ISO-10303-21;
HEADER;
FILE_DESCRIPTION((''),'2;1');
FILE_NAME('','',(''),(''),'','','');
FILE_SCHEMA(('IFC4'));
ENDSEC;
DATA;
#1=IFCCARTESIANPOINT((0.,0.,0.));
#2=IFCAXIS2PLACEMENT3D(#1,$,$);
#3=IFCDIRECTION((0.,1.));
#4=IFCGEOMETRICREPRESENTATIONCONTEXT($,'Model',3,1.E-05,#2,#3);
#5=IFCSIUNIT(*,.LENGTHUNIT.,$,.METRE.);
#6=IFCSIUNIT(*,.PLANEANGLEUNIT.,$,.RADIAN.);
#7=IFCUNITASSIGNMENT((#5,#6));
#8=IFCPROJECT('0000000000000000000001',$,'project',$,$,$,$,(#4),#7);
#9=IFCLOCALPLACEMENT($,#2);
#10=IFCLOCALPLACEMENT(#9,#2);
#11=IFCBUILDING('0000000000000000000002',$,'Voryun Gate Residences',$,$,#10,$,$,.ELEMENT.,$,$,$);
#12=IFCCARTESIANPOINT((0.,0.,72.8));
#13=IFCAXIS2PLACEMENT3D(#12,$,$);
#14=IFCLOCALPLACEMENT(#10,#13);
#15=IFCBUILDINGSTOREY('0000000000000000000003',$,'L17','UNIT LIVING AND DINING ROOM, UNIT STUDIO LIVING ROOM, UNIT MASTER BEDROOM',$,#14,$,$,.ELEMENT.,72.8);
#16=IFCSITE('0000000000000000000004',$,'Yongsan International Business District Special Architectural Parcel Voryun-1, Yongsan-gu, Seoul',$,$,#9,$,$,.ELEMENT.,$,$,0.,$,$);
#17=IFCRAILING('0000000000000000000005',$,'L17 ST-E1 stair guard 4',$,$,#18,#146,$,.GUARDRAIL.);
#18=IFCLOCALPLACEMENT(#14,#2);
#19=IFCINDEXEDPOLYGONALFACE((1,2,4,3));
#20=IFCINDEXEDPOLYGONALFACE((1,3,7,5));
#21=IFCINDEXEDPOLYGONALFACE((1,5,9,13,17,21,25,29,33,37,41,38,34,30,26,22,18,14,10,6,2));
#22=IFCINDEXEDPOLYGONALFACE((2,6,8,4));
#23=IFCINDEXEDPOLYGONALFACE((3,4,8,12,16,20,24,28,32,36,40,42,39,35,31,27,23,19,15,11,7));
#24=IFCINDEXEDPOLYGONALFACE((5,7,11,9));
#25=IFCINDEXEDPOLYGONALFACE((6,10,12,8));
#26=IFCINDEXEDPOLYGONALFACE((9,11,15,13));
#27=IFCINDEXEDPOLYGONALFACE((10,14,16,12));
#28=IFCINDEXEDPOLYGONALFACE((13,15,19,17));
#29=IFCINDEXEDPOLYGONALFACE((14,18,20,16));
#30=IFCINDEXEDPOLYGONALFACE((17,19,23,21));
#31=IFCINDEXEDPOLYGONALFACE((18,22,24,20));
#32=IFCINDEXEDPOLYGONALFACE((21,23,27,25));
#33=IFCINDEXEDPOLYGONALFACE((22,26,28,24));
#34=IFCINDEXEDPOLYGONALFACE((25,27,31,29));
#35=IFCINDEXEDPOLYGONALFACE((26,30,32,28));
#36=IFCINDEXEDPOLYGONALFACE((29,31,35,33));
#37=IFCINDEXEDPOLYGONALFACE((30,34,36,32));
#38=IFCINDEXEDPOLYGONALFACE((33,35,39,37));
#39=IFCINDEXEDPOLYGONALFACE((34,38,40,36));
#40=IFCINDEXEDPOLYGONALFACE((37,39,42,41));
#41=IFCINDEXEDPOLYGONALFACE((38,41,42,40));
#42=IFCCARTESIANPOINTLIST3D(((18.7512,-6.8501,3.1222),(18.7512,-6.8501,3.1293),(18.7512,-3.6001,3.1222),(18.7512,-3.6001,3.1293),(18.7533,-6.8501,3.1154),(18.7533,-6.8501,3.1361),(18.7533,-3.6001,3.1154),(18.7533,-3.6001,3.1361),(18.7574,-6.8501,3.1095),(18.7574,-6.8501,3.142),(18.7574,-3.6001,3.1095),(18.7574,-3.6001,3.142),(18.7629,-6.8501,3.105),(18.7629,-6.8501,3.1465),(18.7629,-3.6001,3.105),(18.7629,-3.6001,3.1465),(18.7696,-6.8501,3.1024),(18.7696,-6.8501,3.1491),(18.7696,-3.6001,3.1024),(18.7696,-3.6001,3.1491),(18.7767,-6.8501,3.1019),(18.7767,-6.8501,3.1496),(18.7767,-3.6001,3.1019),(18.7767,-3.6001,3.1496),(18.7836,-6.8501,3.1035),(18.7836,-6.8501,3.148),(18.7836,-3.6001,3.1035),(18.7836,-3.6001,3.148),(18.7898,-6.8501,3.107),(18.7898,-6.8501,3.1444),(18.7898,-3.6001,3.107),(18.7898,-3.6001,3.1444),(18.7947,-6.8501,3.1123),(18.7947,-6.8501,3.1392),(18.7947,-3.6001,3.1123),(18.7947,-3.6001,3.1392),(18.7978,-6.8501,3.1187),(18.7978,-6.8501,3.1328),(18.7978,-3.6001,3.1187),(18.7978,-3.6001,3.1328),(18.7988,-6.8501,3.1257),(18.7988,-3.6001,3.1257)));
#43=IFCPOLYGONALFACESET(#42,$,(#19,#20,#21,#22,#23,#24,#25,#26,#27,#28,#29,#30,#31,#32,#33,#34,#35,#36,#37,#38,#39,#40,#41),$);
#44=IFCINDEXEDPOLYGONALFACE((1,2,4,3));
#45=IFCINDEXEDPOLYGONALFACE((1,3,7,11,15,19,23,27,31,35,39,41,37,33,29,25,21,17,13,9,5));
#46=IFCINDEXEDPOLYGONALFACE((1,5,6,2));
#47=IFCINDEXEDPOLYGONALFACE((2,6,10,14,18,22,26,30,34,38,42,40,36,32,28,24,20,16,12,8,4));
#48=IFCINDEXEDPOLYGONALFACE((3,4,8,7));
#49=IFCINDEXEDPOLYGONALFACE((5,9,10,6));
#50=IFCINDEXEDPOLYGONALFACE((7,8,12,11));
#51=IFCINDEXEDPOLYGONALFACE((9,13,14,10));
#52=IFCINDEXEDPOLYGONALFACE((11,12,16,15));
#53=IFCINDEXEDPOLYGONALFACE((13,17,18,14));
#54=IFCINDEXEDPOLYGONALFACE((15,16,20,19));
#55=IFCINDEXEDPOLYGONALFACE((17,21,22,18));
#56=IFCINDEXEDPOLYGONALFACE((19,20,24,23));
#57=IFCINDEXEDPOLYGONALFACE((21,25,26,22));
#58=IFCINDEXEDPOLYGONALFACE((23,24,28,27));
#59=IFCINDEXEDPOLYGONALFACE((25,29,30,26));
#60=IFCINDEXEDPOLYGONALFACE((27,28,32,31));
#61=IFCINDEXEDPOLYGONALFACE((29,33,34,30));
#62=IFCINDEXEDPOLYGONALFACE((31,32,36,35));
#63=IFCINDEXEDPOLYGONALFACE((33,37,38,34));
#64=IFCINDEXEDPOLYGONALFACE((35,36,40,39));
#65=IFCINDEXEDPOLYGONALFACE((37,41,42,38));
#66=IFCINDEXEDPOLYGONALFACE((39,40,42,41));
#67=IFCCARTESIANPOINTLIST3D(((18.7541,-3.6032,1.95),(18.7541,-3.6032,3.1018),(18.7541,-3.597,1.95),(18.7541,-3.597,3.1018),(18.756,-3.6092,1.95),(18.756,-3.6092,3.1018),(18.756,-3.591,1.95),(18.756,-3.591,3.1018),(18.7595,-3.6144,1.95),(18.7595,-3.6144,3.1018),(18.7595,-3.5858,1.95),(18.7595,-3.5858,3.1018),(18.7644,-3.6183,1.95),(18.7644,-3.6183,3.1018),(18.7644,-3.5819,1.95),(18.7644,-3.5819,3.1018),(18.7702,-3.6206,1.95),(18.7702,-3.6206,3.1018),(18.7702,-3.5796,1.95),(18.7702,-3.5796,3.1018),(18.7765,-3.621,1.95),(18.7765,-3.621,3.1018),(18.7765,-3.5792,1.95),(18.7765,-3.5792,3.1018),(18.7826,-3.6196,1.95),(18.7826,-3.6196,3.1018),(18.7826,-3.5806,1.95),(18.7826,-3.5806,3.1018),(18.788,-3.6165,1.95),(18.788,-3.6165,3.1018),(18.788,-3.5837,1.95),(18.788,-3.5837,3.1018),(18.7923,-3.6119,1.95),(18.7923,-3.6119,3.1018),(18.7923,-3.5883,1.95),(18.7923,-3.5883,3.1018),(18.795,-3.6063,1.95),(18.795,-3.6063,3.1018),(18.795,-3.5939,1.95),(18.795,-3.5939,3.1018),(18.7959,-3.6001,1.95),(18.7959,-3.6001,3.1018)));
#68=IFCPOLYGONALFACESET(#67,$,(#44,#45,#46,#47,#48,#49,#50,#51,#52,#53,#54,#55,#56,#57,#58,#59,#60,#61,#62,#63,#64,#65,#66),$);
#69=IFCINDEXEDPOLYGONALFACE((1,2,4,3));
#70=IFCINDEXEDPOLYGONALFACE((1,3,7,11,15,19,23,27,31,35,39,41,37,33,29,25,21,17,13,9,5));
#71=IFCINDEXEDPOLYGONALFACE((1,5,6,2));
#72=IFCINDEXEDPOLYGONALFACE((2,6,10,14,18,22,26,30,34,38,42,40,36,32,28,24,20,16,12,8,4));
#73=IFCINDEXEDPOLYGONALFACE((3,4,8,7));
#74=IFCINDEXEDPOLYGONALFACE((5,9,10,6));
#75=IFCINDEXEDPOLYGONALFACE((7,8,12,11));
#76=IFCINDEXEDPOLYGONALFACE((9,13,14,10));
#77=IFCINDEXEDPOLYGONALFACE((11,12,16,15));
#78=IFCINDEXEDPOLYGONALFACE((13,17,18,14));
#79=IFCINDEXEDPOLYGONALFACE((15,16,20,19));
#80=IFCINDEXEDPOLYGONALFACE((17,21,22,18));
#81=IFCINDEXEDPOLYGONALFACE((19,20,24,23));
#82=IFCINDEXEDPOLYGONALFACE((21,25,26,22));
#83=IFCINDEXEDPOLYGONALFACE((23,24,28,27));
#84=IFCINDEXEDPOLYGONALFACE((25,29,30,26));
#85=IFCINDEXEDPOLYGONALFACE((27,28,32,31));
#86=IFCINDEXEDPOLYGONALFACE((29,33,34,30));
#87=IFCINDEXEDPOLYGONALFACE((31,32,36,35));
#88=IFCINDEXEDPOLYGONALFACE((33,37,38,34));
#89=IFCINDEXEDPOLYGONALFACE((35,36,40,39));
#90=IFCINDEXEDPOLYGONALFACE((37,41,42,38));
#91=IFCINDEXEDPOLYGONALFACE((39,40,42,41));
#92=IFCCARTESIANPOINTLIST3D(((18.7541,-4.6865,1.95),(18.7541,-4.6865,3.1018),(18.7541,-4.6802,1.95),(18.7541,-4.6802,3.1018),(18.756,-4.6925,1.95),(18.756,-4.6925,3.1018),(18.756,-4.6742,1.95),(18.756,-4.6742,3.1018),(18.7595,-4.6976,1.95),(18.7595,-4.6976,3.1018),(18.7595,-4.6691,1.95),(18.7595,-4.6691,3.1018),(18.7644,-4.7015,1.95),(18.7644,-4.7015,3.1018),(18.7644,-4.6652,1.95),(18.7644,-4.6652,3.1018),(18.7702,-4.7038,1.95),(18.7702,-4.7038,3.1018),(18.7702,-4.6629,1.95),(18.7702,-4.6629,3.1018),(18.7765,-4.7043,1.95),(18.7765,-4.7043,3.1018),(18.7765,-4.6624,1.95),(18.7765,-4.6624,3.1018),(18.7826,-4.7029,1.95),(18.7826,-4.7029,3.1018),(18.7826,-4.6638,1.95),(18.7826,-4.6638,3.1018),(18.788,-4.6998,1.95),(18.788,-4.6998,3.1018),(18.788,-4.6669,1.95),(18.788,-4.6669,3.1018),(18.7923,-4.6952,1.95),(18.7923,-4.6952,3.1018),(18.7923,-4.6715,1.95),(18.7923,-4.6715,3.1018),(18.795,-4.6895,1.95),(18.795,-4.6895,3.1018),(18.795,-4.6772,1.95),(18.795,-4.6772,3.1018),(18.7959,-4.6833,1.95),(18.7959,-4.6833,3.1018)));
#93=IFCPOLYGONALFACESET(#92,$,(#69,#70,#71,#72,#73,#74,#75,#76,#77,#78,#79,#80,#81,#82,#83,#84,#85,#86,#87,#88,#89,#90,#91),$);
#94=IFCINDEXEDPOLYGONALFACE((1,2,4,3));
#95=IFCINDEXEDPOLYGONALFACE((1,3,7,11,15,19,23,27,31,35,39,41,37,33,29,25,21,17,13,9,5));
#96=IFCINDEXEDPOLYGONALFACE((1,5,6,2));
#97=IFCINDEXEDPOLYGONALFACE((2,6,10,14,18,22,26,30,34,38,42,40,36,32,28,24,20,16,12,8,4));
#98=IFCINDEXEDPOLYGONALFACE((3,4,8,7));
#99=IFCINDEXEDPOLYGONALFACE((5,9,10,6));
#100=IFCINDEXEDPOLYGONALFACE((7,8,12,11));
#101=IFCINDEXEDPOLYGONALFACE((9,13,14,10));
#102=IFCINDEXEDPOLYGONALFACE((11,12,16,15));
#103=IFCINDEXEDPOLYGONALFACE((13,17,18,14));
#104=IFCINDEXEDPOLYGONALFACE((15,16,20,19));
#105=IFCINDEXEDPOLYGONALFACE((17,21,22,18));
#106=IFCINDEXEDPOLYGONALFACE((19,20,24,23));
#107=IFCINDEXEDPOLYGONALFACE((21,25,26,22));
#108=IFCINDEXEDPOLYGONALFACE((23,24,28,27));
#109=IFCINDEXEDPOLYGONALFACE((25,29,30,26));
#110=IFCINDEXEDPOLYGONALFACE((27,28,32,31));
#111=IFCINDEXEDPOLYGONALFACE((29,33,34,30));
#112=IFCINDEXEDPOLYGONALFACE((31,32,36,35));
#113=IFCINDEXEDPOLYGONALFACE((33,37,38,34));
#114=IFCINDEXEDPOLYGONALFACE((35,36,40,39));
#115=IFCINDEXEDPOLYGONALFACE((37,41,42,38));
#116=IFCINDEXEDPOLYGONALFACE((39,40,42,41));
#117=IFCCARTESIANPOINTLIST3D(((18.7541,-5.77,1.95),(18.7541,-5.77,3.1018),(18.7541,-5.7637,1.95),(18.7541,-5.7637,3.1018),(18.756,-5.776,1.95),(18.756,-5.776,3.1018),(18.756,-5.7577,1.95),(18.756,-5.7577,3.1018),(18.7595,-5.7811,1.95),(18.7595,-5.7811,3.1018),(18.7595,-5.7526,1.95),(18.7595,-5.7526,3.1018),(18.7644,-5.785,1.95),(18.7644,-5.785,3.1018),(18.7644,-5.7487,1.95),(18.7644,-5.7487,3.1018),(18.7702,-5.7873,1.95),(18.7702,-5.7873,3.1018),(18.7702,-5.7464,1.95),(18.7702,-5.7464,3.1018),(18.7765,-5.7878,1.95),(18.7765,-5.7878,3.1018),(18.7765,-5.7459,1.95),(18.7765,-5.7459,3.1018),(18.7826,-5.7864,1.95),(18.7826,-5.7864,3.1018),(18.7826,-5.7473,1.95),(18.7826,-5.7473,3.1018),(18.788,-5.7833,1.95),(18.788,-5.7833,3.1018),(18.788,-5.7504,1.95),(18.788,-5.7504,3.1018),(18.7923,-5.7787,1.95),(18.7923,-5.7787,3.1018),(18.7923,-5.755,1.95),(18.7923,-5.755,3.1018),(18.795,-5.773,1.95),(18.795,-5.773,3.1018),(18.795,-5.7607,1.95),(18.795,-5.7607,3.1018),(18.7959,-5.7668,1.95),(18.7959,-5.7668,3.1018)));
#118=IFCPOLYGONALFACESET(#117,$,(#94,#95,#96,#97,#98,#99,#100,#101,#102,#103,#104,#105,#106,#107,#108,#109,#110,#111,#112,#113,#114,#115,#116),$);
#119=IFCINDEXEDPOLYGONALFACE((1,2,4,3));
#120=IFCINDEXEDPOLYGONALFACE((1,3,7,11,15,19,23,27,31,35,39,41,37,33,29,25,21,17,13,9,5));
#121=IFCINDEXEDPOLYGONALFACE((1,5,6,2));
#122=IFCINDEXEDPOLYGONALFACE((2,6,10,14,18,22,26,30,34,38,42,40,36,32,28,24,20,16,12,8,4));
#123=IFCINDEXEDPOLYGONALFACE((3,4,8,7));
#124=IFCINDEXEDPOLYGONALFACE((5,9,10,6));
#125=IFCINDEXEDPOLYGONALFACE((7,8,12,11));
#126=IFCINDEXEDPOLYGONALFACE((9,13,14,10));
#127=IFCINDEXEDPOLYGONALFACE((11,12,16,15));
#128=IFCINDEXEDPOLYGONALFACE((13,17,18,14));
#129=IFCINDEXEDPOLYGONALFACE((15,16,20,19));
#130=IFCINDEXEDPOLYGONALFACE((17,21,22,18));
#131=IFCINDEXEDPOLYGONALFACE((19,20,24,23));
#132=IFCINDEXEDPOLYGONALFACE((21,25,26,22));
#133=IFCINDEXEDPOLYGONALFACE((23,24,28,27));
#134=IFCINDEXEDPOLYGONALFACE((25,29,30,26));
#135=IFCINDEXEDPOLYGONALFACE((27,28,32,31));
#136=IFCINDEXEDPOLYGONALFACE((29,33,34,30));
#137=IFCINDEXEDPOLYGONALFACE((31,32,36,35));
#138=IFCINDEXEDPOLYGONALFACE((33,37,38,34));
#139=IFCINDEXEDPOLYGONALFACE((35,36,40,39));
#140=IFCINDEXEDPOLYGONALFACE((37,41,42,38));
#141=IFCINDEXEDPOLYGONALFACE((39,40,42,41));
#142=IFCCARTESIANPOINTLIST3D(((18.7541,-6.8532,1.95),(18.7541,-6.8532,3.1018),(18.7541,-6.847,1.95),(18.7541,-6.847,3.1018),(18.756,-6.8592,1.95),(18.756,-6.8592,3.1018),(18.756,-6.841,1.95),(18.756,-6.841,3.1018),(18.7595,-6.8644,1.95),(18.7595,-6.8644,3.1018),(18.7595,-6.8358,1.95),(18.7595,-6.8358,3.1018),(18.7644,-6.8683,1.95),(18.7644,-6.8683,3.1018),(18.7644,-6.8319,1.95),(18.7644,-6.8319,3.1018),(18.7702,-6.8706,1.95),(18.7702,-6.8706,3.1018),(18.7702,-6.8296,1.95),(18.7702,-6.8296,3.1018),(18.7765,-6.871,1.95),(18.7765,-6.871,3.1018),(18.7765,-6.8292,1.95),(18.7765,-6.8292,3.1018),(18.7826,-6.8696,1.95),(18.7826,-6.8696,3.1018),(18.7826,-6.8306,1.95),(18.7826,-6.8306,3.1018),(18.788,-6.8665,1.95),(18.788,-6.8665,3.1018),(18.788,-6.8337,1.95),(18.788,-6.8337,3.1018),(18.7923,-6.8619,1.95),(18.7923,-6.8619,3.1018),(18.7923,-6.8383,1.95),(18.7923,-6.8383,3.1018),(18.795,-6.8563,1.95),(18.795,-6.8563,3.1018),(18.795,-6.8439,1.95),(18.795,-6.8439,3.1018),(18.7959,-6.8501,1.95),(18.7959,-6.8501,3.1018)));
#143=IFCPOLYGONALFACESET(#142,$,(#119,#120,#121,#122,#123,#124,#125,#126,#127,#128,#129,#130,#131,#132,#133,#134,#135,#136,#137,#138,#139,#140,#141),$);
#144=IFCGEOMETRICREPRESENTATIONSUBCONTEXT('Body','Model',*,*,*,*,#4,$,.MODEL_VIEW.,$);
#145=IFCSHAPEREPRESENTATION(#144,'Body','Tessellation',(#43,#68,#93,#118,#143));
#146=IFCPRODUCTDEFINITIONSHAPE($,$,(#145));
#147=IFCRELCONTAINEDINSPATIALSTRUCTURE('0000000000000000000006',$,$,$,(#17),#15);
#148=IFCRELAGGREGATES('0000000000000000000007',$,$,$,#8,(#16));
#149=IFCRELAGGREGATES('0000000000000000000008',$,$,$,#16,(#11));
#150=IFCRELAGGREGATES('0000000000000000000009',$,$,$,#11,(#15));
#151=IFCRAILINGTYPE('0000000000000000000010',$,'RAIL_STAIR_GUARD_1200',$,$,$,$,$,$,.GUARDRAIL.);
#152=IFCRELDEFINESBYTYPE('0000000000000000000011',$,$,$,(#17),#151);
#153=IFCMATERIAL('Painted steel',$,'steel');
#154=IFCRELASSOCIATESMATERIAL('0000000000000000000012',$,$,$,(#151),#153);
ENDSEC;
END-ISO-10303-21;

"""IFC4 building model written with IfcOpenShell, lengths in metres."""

from ifc_helpers import new_model, si_unit, direction, frame, origin, origin_2d, place, context, subcontext, project, spatial, circle, extrude, material, type_object, element, save


model = new_model("IFC4")

# Units and contexts
model_context = context("Model", 3, precision=1e-05, world=origin(), true_north=direction((0.0, 1.0)))
body_context = subcontext(model_context, "Body", "Model", "MODEL_VIEW")
ifc_project = project(units=[si_unit("LENGTHUNIT", "METRE"), si_unit("PLANEANGLEUNIT", "RADIAN")], contexts=[model_context])

# Site, building, storey
site_placement = place(None, origin())
site = spatial("IfcSite", under=ifc_project, at=site_placement, Name="Yongsan International Business District Special Architectural Parcel Voryun-1, Yongsan-gu, Seoul", CompositionType="ELEMENT", RefElevation=0.0)
building_placement = place(site_placement, origin())
building = spatial("IfcBuilding", under=site, at=building_placement, Name="Voryun Gate Residences", CompositionType="ELEMENT")
storey_placement = place(building_placement, frame((0.0, 0.0, 72.8)))
storey = spatial("IfcBuildingStorey", under=building, at=storey_placement, Name="L17", Description="UNIT LIVING AND DINING ROOM, UNIT STUDIO LIVING ROOM, UNIT MASTER BEDROOM", CompositionType="ELEMENT", Elevation=72.8)

# Railing
ifc_material_1 = material(Name="Painted steel", Category="steel")
railing_type_1 = type_object("IfcRailingType", Name="RAIL_STAIR_GUARD_1200", PredefinedType="GUARDRAIL", material=ifc_material_1)
for number, where, name in (
    (1, (18.7749, -3.6001, 1.95), "L17 ST-E1 stair guard 4"),
):
    element("IfcRailing", number, at=place(storey_placement, frame(where)), inside=storey, type_object=railing_type_1, Name=name, PredefinedType="GUARDRAIL", context=body_context, shape_type="SweptSolid", body=[
        extrude(circle(Radius=0.0239, at=origin_2d()), frame((0.0, 0.0, 1.1758), z_axis=(0.0, -1.0, 0.0), x_axis=(1.0, 0.0, 0.0)), (0.0, 0.0, 1.0), 3.25),
        extrude(circle(Radius=0.021, at=origin_2d()), origin(), (0.0, 0.0, 1.0), 1.1519),
        extrude(circle(Radius=0.021, at=origin_2d()), frame((0.0, -1.0833, 0.0)), (0.0, 0.0, 1.0), 1.1519),
        extrude(circle(Radius=0.021, at=origin_2d()), frame((0.0, -2.1667, 0.0)), (0.0, 0.0, 1.0), 1.1519),
        extrude(circle(Radius=0.021, at=origin_2d()), frame((0.0, -3.25, 0.0)), (0.0, 0.0, 1.0), 1.1519),
    ])

save(model, "model.ifc")
